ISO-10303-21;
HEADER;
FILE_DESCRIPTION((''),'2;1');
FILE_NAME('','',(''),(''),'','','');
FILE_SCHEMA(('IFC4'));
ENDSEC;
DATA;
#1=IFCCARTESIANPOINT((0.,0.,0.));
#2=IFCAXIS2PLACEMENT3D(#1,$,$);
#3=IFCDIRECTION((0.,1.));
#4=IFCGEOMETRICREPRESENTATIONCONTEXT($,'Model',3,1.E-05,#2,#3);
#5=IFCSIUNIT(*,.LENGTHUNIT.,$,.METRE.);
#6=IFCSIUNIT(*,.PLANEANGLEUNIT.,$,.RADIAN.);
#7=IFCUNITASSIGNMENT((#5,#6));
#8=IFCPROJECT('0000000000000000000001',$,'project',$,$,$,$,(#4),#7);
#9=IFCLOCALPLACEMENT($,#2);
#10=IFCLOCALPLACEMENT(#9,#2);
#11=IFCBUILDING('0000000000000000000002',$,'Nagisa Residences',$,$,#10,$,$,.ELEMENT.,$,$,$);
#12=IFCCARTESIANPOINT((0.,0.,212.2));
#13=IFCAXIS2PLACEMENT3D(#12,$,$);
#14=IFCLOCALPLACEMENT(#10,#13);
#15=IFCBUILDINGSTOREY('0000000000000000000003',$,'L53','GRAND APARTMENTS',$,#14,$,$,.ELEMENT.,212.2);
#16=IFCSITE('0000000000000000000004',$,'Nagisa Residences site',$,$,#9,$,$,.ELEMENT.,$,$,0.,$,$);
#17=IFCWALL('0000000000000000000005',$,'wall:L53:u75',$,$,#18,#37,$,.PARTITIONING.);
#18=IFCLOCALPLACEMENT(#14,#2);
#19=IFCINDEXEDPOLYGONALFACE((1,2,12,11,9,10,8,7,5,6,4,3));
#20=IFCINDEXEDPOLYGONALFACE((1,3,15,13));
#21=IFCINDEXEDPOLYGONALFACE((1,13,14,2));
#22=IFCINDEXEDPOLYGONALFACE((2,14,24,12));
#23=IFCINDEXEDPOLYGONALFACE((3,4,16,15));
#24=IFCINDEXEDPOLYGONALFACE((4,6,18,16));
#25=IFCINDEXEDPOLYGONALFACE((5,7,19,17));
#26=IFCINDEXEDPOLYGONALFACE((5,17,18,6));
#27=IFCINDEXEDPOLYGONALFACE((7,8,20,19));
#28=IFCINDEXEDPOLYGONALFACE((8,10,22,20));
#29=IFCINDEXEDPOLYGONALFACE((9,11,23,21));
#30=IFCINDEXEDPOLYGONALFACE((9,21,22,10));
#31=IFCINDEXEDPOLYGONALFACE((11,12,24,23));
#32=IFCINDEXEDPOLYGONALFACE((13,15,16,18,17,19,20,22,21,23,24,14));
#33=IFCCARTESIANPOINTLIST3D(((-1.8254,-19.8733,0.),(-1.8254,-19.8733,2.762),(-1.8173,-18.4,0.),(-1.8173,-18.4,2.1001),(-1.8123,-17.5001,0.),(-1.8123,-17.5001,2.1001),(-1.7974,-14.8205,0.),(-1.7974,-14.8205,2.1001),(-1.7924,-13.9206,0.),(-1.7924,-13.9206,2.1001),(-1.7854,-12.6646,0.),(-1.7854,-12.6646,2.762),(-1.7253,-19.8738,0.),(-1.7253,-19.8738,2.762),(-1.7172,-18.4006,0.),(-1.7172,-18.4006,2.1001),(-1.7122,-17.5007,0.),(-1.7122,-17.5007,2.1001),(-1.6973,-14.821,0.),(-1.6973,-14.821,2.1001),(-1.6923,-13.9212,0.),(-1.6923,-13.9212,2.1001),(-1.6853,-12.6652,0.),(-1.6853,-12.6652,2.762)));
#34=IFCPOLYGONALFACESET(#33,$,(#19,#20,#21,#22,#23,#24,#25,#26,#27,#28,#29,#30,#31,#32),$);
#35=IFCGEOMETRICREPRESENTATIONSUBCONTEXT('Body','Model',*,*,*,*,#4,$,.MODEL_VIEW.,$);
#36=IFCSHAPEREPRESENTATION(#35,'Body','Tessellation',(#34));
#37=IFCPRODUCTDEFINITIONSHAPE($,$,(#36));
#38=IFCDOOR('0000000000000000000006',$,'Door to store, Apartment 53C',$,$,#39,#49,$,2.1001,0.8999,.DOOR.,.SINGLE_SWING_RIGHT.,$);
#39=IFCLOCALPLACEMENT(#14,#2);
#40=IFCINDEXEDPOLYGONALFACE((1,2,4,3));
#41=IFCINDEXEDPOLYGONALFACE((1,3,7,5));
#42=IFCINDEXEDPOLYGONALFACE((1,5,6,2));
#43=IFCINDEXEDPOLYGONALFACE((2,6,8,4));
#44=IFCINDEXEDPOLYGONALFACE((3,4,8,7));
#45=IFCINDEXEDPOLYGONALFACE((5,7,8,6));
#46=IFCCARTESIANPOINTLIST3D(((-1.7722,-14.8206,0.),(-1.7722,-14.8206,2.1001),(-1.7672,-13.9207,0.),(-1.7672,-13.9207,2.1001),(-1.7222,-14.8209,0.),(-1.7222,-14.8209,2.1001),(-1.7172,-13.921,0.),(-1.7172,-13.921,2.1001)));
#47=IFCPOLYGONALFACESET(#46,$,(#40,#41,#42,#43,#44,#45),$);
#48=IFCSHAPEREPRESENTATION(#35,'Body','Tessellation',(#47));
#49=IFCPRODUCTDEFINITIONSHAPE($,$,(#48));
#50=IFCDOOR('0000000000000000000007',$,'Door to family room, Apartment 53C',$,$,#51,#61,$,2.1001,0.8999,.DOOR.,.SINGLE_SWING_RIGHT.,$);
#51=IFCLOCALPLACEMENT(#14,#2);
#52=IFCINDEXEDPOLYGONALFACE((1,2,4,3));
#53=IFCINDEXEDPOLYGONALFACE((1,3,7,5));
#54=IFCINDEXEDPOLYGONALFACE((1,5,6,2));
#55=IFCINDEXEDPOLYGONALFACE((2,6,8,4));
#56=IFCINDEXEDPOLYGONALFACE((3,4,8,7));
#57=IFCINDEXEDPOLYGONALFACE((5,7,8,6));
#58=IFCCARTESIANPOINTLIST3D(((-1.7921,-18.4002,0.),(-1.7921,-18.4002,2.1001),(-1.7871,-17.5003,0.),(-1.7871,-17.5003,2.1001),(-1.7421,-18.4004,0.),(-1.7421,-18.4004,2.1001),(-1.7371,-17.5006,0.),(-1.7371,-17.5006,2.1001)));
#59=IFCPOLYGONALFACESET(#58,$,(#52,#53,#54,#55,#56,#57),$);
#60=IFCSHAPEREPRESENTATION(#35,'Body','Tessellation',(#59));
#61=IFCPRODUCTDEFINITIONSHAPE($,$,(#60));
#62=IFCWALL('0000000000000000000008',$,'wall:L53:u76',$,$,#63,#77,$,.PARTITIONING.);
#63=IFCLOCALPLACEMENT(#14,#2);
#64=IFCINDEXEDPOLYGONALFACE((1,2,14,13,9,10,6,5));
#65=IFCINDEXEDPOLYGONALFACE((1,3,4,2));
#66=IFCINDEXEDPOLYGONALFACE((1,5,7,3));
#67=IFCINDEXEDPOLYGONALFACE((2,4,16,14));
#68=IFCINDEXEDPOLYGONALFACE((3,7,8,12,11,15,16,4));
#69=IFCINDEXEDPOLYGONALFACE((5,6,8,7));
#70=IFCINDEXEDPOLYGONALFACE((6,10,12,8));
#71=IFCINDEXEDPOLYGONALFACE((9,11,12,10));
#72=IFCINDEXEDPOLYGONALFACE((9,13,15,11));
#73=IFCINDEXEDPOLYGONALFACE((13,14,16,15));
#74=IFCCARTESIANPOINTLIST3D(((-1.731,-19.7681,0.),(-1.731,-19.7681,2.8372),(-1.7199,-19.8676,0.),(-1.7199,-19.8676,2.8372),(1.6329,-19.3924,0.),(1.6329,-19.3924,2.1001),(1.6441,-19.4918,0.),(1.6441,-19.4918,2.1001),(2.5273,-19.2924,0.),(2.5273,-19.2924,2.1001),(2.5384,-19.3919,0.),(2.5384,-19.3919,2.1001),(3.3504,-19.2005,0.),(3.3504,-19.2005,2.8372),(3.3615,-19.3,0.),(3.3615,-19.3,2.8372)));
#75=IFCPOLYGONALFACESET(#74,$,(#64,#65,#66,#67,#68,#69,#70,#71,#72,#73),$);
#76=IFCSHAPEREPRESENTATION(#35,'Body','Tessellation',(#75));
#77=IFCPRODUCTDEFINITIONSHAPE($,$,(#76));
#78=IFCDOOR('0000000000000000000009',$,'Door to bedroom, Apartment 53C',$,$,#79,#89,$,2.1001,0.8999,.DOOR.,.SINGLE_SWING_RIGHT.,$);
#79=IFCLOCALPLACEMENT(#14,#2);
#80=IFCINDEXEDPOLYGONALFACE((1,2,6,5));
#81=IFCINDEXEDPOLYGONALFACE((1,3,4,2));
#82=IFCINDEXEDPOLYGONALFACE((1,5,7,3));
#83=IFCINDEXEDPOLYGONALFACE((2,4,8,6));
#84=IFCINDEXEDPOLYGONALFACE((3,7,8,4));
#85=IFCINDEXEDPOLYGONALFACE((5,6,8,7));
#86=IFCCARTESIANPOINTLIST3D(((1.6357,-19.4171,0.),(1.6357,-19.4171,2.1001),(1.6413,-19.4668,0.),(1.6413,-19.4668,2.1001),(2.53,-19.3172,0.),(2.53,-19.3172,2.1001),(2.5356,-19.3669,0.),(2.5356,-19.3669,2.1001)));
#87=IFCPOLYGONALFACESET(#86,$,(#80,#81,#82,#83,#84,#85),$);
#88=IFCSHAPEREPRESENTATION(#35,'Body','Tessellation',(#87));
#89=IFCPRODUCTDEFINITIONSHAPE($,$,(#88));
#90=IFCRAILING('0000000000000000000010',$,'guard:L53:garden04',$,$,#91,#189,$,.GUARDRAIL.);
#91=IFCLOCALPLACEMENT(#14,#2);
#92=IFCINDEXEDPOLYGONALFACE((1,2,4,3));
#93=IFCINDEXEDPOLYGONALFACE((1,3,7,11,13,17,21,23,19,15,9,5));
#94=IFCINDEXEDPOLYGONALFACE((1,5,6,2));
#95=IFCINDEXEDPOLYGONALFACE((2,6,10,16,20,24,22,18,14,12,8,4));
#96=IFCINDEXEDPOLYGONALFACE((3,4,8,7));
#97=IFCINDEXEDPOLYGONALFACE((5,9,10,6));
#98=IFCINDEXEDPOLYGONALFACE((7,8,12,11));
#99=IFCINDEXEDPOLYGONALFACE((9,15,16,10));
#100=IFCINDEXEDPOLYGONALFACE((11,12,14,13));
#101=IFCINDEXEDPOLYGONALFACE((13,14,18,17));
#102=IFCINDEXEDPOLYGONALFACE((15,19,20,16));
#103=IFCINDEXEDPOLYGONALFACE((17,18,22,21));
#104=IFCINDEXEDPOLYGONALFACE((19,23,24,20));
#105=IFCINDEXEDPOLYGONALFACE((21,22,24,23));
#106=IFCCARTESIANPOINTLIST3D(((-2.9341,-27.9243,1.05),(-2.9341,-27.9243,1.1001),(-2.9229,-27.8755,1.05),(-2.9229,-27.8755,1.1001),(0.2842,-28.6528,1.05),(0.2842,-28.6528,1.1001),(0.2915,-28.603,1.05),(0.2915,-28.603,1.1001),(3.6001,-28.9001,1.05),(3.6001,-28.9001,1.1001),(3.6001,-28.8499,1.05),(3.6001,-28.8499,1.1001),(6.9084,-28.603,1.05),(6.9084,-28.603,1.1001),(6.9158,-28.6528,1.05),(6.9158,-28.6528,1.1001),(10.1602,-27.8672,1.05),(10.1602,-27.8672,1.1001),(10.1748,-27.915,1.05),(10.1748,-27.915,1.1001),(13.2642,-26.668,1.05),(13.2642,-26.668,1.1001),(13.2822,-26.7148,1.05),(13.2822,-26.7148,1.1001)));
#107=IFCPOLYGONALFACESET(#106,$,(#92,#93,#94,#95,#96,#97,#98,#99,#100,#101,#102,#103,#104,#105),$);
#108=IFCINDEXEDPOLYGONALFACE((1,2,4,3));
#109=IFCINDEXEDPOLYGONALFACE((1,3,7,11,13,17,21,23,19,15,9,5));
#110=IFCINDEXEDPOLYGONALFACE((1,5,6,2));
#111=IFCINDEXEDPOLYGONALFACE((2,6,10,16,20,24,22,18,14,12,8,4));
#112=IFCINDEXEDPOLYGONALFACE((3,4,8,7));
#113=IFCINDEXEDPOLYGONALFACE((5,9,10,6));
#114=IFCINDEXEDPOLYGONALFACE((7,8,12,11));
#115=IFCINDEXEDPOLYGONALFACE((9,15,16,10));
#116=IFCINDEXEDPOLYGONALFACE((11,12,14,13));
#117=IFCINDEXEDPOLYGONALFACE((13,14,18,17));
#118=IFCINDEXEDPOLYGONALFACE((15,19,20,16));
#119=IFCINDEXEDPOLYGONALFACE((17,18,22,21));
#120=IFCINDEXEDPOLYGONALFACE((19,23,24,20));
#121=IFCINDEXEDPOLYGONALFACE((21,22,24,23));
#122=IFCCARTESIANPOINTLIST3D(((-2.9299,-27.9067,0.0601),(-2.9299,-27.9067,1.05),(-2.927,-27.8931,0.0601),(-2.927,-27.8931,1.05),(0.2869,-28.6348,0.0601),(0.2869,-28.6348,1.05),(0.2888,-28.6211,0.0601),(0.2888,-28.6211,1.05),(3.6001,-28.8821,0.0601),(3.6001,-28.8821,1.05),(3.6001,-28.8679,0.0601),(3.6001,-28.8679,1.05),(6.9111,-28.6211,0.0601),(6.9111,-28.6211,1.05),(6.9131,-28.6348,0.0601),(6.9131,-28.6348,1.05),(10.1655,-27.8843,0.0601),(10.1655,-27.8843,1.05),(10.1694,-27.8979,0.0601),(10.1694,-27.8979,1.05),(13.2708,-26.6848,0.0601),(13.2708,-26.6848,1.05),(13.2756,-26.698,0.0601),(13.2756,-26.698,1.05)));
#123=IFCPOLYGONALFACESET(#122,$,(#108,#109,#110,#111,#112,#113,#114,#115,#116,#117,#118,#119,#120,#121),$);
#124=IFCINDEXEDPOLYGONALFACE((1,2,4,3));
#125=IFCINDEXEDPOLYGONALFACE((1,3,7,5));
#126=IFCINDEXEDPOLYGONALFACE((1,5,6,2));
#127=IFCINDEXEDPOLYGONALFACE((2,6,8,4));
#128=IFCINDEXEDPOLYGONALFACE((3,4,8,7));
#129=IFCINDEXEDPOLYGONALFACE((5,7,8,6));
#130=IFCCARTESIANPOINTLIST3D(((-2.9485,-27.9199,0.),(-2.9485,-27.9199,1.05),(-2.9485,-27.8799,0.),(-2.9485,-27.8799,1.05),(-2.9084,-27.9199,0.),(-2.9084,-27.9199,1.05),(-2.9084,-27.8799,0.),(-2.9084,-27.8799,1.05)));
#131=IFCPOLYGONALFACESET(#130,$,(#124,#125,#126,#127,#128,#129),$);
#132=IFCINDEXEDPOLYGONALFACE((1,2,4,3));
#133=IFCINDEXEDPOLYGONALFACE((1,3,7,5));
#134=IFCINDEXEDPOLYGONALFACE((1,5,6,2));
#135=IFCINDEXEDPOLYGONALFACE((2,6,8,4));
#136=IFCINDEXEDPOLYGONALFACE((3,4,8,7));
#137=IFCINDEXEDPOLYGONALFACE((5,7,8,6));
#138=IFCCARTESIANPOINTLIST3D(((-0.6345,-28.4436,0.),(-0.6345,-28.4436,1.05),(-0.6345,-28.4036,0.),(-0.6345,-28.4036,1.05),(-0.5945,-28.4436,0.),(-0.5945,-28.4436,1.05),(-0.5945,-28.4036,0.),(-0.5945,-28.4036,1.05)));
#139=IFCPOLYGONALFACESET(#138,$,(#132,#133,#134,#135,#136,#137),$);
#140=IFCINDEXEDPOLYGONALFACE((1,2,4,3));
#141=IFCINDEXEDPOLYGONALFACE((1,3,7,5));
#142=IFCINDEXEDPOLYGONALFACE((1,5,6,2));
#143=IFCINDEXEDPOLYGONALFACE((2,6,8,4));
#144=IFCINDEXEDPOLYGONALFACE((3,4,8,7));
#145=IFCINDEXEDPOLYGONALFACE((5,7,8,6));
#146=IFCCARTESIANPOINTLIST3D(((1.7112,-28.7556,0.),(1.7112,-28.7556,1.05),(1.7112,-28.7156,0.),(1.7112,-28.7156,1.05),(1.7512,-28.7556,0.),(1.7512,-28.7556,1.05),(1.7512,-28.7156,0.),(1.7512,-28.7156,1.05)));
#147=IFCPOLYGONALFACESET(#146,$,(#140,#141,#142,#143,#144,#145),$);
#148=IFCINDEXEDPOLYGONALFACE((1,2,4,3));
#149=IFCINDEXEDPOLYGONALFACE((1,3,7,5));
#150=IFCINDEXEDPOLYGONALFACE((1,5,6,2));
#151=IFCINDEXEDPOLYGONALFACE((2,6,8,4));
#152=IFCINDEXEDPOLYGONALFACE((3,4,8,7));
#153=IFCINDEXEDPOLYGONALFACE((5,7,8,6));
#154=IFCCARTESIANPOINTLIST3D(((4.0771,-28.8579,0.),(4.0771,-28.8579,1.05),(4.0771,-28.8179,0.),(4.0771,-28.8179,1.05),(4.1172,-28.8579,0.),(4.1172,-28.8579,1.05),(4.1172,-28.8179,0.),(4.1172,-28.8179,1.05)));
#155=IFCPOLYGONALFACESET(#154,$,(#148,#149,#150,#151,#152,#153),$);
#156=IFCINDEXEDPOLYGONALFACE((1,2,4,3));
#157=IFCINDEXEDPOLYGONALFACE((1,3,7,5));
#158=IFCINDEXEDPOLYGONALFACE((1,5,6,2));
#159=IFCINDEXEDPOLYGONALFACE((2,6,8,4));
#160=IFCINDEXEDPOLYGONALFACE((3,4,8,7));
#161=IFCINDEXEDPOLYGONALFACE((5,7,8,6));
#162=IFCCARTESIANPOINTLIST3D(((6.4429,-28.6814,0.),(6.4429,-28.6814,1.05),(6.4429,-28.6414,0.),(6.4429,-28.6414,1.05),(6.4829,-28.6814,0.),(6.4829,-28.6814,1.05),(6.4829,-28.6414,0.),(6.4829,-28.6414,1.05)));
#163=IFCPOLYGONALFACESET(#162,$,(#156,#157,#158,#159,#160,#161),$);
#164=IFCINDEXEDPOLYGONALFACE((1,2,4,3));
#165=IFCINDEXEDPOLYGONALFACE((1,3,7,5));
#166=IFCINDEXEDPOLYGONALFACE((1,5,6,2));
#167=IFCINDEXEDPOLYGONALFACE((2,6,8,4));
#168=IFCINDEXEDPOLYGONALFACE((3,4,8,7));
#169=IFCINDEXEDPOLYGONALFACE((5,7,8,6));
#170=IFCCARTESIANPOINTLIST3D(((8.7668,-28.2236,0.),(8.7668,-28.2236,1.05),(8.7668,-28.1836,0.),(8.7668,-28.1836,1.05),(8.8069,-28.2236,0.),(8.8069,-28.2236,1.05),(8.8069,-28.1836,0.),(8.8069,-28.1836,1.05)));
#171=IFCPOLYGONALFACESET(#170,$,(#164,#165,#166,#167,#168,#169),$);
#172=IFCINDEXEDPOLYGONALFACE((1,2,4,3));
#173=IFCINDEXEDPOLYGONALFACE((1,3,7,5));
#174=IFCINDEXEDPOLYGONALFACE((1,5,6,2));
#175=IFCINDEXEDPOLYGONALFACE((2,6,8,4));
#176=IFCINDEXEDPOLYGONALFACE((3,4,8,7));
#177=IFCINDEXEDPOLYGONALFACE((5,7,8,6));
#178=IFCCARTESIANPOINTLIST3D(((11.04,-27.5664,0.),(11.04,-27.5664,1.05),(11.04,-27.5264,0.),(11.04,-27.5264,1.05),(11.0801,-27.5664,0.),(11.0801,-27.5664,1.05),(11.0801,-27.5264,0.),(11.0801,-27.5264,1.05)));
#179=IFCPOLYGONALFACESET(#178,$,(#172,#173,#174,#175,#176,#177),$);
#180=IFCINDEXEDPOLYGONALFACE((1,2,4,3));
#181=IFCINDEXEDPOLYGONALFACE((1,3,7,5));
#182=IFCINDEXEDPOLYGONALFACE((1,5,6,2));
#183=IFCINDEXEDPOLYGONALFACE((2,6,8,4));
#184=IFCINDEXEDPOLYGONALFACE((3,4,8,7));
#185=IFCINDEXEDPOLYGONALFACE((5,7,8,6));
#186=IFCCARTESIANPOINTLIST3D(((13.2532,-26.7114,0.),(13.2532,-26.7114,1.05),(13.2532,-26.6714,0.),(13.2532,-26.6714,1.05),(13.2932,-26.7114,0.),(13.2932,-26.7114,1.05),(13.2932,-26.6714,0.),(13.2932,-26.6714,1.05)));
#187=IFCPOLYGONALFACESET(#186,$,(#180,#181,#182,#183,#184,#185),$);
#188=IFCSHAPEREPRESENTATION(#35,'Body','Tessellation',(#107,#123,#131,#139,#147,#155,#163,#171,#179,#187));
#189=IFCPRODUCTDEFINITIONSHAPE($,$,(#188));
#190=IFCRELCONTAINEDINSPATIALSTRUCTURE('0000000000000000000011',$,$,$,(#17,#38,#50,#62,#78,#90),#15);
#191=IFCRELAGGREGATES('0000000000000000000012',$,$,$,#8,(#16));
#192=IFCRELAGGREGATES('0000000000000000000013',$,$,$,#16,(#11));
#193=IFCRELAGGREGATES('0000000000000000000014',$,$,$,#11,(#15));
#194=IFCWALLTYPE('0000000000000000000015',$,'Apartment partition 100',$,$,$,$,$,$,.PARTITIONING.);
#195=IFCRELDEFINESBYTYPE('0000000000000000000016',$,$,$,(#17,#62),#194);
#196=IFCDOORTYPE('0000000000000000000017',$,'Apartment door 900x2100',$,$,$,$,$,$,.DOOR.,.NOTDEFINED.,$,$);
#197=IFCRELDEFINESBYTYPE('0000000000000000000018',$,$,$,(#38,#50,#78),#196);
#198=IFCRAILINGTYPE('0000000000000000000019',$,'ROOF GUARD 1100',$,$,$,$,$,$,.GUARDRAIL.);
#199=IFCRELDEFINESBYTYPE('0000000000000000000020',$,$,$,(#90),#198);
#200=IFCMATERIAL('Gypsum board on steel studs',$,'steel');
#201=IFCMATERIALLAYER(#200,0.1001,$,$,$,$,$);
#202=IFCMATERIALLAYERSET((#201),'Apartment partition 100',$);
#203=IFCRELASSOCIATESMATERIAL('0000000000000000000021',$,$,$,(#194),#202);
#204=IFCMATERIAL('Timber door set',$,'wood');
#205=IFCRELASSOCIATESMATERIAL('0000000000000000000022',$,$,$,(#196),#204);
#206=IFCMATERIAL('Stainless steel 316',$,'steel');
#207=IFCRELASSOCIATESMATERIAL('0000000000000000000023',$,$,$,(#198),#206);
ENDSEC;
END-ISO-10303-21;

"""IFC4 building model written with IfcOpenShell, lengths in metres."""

from ifc_helpers import new_model, si_unit, direction, frame, frame_2d, origin, origin_2d, place, context, subcontext, project, spatial, polyline, rectangle, outline, extrude, material, layer, layer_set, type_object, element, fill, save


model = new_model("IFC4")

# Units and contexts
model_context = context("Model", 3, precision=1e-05, world=origin(), true_north=direction((0.0, 1.0)))
body_context = subcontext(model_context, "Body", "Model", "MODEL_VIEW")
ifc_project = project(units=[si_unit("LENGTHUNIT", "METRE"), si_unit("PLANEANGLEUNIT", "RADIAN")], contexts=[model_context])

# Site, building, storey
site_placement = place(None, origin())
site = spatial("IfcSite", under=ifc_project, at=site_placement, Name="Nagisa Residences site", CompositionType="ELEMENT", RefElevation=0.0)
building_placement = place(site_placement, origin())
building = spatial("IfcBuilding", under=site, at=building_placement, Name="Nagisa Residences", CompositionType="ELEMENT")
storey_placement = place(building_placement, frame((0.0, 0.0, 212.2)))
storey = spatial("IfcBuildingStorey", under=building, at=storey_placement, Name="L53", Description="GRAND APARTMENTS", CompositionType="ELEMENT", Elevation=212.2)

# Shared definitions
ifc_material_1 = material(Name="Gypsum board on steel studs", Category="steel")
ifc_layer_1 = layer(ifc_material_1, 0.1001)
ifc_layer_set_1 = layer_set([ifc_layer_1], Name="Apartment partition 100")
wall_type_1 = type_object("IfcWallType", Name="Apartment partition 100", PredefinedType="PARTITIONING", material=ifc_layer_set_1)
ifc_material_2 = material(Name="Timber door set", Category="wood")
door_type_1 = type_object("IfcDoorType", Name="Apartment door 900x2100", OperationType="NOTDEFINED", PredefinedType="DOOR", material=ifc_material_2)

# Wall, openings, doors
wall_1_placement = place(storey_placement, frame((-1.7354, -12.6648, 0.0), z_axis=(0.0, 0.0, 1.0), x_axis=(-0.005554, -0.999985, 0.0)))
wall_1 = element("IfcWall", 1, at=wall_1_placement, inside=storey, type_object=wall_type_1, Name="wall:L53:u75", PredefinedType="PARTITIONING", context=body_context, shape_type="SweptSolid", body=[
    extrude(rectangle(XDim=7.2087, YDim=0.1001, at=frame_2d((3.6045, 0.0))), origin(), (0.0, 0.0, 1.0), 2.762),
])
opening_1_placement = place(wall_1_placement, frame((1.2561, 0.0, 0.0)))
opening_1 = element("IfcOpeningElement", 2, at=opening_1_placement, cuts=wall_1, PredefinedType="OPENING", context=body_context, shape_type="SweptSolid", body=[
    extrude(rectangle(XDim=0.8999, YDim=2.1001, at=frame_2d((0.45, 1.05))), frame((0.0, 0.0601, 0.0), z_axis=(0.0, -1.0, 0.0), x_axis=(1.0, 0.0, 0.0)), (0.0, 0.0, 1.0), 0.1201),
])
opening_2_placement = place(wall_1_placement, frame((4.8357, 0.0, 0.0)))
opening_2 = element("IfcOpeningElement", 3, at=opening_2_placement, cuts=wall_1, PredefinedType="OPENING", context=body_context, shape_type="SweptSolid", body=[
    extrude(rectangle(XDim=0.8999, YDim=2.1001, at=frame_2d((0.45, 1.05))), frame((0.0, 0.0601, 0.0), z_axis=(0.0, -1.0, 0.0), x_axis=(1.0, 0.0, 0.0)), (0.0, 0.0, 1.0), 0.1201),
])
door_1_placement = place(opening_1_placement, frame((0.8999, 0.0, 0.0), x_axis=(-1.0, 0.0, 0.0)))
door_1 = element("IfcDoor", 4, at=door_1_placement, inside=storey, type_object=door_type_1, Name="Door to store, Apartment 53C", OperationType="SINGLE_SWING_RIGHT", OverallHeight=2.1001, OverallWidth=0.8999, PredefinedType="DOOR", context=body_context, shape_type="SweptSolid", body=[
    extrude(rectangle(XDim=0.8999, YDim=2.1001, at=frame_2d((0.45, 1.05))), frame((0.0, 0.0249, 0.0), z_axis=(0.0, -1.0, 0.0), x_axis=(1.0, 0.0, 0.0)), (0.0, 0.0, 1.0), 0.05),
])
fill(opening_1, door_1)
door_2_placement = place(opening_2_placement, frame((0.8999, 0.0, 0.0), x_axis=(-1.0, 0.0, 0.0)))
door_2 = element("IfcDoor", 5, at=door_2_placement, inside=storey, type_object=door_type_1, Name="Door to family room, Apartment 53C", OperationType="SINGLE_SWING_RIGHT", OverallHeight=2.1001, OverallWidth=0.8999, PredefinedType="DOOR", context=body_context, shape_type="SweptSolid", body=[
    extrude(rectangle(XDim=0.8999, YDim=2.1001, at=frame_2d((0.45, 1.05))), frame((0.0, 0.0249, 0.0), z_axis=(0.0, -1.0, 0.0), x_axis=(1.0, 0.0, 0.0)), (0.0, 0.0, 1.0), 0.05),
])
fill(opening_2, door_2)

# Wall, opening, door
wall_2_placement = place(storey_placement, frame((-1.7256, -19.8179, 0.0), z_axis=(0.0, 0.0, 1.0), x_axis=(0.993819, 0.111013, 0.0)))
wall_2 = element("IfcWall", 6, at=wall_2_placement, inside=storey, type_object=wall_type_1, Name="wall:L53:u76", PredefinedType="PARTITIONING", context=body_context, shape_type="SweptSolid", body=[
    extrude(rectangle(XDim=5.113, YDim=0.1001, at=frame_2d((2.5566, 0.0))), origin(), (0.0, 0.0, 1.0), 2.8372),
])
opening_3_placement = place(wall_2_placement, frame((3.385, 0.0, 0.0)))
opening_3 = element("IfcOpeningElement", 7, at=opening_3_placement, cuts=wall_2, PredefinedType="OPENING", context=body_context, shape_type="SweptSolid", body=[
    extrude(rectangle(XDim=0.8999, YDim=2.1001, at=frame_2d((0.45, 1.05))), frame((0.0, 0.0601, 0.0), z_axis=(0.0, -1.0, 0.0), x_axis=(1.0, 0.0, 0.0)), (0.0, 0.0, 1.0), 0.1201),
])
door_3_placement = place(opening_3_placement, frame((0.8999, 0.0, 0.0), x_axis=(-1.0, 0.0, 0.0)))
door_3 = element("IfcDoor", 8, at=door_3_placement, inside=storey, type_object=door_type_1, Name="Door to bedroom, Apartment 53C", OperationType="SINGLE_SWING_RIGHT", OverallHeight=2.1001, OverallWidth=0.8999, PredefinedType="DOOR", context=body_context, shape_type="SweptSolid", body=[
    extrude(rectangle(XDim=0.8999, YDim=2.1001, at=frame_2d((0.45, 1.05))), frame((0.0, 0.0249, 0.0), z_axis=(0.0, -1.0, 0.0), x_axis=(1.0, 0.0, 0.0)), (0.0, 0.0, 1.0), 0.05),
])
fill(opening_3, door_3)

# Railing
ifc_material_3 = material(Name="Stainless steel 316", Category="steel")
railing_type = type_object("IfcRailingType", Name="ROOF GUARD 1100", PredefinedType="GUARDRAIL", material=ifc_material_3)
railing_placement = place(storey_placement, frame((-2.9285, -27.8999, 0.0)))
element("IfcRailing", 9, at=railing_placement, inside=storey, type_object=railing_type, Name="guard:L53:garden04", PredefinedType="GUARDRAIL", context=body_context, shape_type="SweptSolid", body=[
    extrude(outline(polyline([(3.22, -0.7031), (0.0056, 0.0244), (-0.0056, -0.0244), (3.2126, -0.7529), (6.5286, -1.0002), (9.8442, -0.7529), (13.1033, -0.0151), (16.2107, 1.1851), (16.1926, 1.2319), (13.0886, 0.0327), (9.8369, -0.7031), (6.5286, -0.95), (3.22, -0.7031)])), frame((0.0, 0.0, 1.05)), (0.0, 0.0, 1.0), 0.05),
    extrude(outline(polyline([(3.2173, -0.7212), (0.0015, 0.0068), (-0.0015, -0.0068), (3.2153, -0.7349), (6.5286, -0.9822), (9.8416, -0.7349), (13.0979, 0.002), (16.2041, 1.2019), (16.1992, 1.2151), (13.094, 0.0156), (9.8396, -0.7212), (6.5286, -0.968), (3.2173, -0.7212)])), frame((0.0, 0.0, 0.0601)), (0.0, 0.0, 1.0), 0.99),
    extrude(rectangle(XDim=0.04, YDim=0.04, at=origin_2d()), origin(), (0.0, 0.0, 1.0), 1.05),
    extrude(rectangle(XDim=0.04, YDim=0.04, at=origin_2d()), frame((2.314, -0.5237, 0.0)), (0.0, 0.0, 1.0), 1.05),
    extrude(rectangle(XDim=0.04, YDim=0.04, at=origin_2d()), frame((4.6597, -0.8357, 0.0)), (0.0, 0.0, 1.0), 1.05),
    extrude(rectangle(XDim=0.04, YDim=0.04, at=origin_2d()), frame((7.0256, -0.938, 0.0)), (0.0, 0.0, 1.0), 1.05),
    extrude(rectangle(XDim=0.04, YDim=0.04, at=origin_2d()), frame((9.3914, -0.7615, 0.0)), (0.0, 0.0, 1.0), 1.05),
    extrude(rectangle(XDim=0.04, YDim=0.04, at=origin_2d()), frame((11.7153, -0.3037, 0.0)), (0.0, 0.0, 1.0), 1.05),
    extrude(rectangle(XDim=0.04, YDim=0.04, at=origin_2d()), frame((13.9885, 0.3535, 0.0)), (0.0, 0.0, 1.0), 1.05),
    extrude(rectangle(XDim=0.04, YDim=0.04, at=origin_2d()), frame((16.2017, 1.2085, 0.0)), (0.0, 0.0, 1.0), 1.05),
])

save(model, "model.ifc")
